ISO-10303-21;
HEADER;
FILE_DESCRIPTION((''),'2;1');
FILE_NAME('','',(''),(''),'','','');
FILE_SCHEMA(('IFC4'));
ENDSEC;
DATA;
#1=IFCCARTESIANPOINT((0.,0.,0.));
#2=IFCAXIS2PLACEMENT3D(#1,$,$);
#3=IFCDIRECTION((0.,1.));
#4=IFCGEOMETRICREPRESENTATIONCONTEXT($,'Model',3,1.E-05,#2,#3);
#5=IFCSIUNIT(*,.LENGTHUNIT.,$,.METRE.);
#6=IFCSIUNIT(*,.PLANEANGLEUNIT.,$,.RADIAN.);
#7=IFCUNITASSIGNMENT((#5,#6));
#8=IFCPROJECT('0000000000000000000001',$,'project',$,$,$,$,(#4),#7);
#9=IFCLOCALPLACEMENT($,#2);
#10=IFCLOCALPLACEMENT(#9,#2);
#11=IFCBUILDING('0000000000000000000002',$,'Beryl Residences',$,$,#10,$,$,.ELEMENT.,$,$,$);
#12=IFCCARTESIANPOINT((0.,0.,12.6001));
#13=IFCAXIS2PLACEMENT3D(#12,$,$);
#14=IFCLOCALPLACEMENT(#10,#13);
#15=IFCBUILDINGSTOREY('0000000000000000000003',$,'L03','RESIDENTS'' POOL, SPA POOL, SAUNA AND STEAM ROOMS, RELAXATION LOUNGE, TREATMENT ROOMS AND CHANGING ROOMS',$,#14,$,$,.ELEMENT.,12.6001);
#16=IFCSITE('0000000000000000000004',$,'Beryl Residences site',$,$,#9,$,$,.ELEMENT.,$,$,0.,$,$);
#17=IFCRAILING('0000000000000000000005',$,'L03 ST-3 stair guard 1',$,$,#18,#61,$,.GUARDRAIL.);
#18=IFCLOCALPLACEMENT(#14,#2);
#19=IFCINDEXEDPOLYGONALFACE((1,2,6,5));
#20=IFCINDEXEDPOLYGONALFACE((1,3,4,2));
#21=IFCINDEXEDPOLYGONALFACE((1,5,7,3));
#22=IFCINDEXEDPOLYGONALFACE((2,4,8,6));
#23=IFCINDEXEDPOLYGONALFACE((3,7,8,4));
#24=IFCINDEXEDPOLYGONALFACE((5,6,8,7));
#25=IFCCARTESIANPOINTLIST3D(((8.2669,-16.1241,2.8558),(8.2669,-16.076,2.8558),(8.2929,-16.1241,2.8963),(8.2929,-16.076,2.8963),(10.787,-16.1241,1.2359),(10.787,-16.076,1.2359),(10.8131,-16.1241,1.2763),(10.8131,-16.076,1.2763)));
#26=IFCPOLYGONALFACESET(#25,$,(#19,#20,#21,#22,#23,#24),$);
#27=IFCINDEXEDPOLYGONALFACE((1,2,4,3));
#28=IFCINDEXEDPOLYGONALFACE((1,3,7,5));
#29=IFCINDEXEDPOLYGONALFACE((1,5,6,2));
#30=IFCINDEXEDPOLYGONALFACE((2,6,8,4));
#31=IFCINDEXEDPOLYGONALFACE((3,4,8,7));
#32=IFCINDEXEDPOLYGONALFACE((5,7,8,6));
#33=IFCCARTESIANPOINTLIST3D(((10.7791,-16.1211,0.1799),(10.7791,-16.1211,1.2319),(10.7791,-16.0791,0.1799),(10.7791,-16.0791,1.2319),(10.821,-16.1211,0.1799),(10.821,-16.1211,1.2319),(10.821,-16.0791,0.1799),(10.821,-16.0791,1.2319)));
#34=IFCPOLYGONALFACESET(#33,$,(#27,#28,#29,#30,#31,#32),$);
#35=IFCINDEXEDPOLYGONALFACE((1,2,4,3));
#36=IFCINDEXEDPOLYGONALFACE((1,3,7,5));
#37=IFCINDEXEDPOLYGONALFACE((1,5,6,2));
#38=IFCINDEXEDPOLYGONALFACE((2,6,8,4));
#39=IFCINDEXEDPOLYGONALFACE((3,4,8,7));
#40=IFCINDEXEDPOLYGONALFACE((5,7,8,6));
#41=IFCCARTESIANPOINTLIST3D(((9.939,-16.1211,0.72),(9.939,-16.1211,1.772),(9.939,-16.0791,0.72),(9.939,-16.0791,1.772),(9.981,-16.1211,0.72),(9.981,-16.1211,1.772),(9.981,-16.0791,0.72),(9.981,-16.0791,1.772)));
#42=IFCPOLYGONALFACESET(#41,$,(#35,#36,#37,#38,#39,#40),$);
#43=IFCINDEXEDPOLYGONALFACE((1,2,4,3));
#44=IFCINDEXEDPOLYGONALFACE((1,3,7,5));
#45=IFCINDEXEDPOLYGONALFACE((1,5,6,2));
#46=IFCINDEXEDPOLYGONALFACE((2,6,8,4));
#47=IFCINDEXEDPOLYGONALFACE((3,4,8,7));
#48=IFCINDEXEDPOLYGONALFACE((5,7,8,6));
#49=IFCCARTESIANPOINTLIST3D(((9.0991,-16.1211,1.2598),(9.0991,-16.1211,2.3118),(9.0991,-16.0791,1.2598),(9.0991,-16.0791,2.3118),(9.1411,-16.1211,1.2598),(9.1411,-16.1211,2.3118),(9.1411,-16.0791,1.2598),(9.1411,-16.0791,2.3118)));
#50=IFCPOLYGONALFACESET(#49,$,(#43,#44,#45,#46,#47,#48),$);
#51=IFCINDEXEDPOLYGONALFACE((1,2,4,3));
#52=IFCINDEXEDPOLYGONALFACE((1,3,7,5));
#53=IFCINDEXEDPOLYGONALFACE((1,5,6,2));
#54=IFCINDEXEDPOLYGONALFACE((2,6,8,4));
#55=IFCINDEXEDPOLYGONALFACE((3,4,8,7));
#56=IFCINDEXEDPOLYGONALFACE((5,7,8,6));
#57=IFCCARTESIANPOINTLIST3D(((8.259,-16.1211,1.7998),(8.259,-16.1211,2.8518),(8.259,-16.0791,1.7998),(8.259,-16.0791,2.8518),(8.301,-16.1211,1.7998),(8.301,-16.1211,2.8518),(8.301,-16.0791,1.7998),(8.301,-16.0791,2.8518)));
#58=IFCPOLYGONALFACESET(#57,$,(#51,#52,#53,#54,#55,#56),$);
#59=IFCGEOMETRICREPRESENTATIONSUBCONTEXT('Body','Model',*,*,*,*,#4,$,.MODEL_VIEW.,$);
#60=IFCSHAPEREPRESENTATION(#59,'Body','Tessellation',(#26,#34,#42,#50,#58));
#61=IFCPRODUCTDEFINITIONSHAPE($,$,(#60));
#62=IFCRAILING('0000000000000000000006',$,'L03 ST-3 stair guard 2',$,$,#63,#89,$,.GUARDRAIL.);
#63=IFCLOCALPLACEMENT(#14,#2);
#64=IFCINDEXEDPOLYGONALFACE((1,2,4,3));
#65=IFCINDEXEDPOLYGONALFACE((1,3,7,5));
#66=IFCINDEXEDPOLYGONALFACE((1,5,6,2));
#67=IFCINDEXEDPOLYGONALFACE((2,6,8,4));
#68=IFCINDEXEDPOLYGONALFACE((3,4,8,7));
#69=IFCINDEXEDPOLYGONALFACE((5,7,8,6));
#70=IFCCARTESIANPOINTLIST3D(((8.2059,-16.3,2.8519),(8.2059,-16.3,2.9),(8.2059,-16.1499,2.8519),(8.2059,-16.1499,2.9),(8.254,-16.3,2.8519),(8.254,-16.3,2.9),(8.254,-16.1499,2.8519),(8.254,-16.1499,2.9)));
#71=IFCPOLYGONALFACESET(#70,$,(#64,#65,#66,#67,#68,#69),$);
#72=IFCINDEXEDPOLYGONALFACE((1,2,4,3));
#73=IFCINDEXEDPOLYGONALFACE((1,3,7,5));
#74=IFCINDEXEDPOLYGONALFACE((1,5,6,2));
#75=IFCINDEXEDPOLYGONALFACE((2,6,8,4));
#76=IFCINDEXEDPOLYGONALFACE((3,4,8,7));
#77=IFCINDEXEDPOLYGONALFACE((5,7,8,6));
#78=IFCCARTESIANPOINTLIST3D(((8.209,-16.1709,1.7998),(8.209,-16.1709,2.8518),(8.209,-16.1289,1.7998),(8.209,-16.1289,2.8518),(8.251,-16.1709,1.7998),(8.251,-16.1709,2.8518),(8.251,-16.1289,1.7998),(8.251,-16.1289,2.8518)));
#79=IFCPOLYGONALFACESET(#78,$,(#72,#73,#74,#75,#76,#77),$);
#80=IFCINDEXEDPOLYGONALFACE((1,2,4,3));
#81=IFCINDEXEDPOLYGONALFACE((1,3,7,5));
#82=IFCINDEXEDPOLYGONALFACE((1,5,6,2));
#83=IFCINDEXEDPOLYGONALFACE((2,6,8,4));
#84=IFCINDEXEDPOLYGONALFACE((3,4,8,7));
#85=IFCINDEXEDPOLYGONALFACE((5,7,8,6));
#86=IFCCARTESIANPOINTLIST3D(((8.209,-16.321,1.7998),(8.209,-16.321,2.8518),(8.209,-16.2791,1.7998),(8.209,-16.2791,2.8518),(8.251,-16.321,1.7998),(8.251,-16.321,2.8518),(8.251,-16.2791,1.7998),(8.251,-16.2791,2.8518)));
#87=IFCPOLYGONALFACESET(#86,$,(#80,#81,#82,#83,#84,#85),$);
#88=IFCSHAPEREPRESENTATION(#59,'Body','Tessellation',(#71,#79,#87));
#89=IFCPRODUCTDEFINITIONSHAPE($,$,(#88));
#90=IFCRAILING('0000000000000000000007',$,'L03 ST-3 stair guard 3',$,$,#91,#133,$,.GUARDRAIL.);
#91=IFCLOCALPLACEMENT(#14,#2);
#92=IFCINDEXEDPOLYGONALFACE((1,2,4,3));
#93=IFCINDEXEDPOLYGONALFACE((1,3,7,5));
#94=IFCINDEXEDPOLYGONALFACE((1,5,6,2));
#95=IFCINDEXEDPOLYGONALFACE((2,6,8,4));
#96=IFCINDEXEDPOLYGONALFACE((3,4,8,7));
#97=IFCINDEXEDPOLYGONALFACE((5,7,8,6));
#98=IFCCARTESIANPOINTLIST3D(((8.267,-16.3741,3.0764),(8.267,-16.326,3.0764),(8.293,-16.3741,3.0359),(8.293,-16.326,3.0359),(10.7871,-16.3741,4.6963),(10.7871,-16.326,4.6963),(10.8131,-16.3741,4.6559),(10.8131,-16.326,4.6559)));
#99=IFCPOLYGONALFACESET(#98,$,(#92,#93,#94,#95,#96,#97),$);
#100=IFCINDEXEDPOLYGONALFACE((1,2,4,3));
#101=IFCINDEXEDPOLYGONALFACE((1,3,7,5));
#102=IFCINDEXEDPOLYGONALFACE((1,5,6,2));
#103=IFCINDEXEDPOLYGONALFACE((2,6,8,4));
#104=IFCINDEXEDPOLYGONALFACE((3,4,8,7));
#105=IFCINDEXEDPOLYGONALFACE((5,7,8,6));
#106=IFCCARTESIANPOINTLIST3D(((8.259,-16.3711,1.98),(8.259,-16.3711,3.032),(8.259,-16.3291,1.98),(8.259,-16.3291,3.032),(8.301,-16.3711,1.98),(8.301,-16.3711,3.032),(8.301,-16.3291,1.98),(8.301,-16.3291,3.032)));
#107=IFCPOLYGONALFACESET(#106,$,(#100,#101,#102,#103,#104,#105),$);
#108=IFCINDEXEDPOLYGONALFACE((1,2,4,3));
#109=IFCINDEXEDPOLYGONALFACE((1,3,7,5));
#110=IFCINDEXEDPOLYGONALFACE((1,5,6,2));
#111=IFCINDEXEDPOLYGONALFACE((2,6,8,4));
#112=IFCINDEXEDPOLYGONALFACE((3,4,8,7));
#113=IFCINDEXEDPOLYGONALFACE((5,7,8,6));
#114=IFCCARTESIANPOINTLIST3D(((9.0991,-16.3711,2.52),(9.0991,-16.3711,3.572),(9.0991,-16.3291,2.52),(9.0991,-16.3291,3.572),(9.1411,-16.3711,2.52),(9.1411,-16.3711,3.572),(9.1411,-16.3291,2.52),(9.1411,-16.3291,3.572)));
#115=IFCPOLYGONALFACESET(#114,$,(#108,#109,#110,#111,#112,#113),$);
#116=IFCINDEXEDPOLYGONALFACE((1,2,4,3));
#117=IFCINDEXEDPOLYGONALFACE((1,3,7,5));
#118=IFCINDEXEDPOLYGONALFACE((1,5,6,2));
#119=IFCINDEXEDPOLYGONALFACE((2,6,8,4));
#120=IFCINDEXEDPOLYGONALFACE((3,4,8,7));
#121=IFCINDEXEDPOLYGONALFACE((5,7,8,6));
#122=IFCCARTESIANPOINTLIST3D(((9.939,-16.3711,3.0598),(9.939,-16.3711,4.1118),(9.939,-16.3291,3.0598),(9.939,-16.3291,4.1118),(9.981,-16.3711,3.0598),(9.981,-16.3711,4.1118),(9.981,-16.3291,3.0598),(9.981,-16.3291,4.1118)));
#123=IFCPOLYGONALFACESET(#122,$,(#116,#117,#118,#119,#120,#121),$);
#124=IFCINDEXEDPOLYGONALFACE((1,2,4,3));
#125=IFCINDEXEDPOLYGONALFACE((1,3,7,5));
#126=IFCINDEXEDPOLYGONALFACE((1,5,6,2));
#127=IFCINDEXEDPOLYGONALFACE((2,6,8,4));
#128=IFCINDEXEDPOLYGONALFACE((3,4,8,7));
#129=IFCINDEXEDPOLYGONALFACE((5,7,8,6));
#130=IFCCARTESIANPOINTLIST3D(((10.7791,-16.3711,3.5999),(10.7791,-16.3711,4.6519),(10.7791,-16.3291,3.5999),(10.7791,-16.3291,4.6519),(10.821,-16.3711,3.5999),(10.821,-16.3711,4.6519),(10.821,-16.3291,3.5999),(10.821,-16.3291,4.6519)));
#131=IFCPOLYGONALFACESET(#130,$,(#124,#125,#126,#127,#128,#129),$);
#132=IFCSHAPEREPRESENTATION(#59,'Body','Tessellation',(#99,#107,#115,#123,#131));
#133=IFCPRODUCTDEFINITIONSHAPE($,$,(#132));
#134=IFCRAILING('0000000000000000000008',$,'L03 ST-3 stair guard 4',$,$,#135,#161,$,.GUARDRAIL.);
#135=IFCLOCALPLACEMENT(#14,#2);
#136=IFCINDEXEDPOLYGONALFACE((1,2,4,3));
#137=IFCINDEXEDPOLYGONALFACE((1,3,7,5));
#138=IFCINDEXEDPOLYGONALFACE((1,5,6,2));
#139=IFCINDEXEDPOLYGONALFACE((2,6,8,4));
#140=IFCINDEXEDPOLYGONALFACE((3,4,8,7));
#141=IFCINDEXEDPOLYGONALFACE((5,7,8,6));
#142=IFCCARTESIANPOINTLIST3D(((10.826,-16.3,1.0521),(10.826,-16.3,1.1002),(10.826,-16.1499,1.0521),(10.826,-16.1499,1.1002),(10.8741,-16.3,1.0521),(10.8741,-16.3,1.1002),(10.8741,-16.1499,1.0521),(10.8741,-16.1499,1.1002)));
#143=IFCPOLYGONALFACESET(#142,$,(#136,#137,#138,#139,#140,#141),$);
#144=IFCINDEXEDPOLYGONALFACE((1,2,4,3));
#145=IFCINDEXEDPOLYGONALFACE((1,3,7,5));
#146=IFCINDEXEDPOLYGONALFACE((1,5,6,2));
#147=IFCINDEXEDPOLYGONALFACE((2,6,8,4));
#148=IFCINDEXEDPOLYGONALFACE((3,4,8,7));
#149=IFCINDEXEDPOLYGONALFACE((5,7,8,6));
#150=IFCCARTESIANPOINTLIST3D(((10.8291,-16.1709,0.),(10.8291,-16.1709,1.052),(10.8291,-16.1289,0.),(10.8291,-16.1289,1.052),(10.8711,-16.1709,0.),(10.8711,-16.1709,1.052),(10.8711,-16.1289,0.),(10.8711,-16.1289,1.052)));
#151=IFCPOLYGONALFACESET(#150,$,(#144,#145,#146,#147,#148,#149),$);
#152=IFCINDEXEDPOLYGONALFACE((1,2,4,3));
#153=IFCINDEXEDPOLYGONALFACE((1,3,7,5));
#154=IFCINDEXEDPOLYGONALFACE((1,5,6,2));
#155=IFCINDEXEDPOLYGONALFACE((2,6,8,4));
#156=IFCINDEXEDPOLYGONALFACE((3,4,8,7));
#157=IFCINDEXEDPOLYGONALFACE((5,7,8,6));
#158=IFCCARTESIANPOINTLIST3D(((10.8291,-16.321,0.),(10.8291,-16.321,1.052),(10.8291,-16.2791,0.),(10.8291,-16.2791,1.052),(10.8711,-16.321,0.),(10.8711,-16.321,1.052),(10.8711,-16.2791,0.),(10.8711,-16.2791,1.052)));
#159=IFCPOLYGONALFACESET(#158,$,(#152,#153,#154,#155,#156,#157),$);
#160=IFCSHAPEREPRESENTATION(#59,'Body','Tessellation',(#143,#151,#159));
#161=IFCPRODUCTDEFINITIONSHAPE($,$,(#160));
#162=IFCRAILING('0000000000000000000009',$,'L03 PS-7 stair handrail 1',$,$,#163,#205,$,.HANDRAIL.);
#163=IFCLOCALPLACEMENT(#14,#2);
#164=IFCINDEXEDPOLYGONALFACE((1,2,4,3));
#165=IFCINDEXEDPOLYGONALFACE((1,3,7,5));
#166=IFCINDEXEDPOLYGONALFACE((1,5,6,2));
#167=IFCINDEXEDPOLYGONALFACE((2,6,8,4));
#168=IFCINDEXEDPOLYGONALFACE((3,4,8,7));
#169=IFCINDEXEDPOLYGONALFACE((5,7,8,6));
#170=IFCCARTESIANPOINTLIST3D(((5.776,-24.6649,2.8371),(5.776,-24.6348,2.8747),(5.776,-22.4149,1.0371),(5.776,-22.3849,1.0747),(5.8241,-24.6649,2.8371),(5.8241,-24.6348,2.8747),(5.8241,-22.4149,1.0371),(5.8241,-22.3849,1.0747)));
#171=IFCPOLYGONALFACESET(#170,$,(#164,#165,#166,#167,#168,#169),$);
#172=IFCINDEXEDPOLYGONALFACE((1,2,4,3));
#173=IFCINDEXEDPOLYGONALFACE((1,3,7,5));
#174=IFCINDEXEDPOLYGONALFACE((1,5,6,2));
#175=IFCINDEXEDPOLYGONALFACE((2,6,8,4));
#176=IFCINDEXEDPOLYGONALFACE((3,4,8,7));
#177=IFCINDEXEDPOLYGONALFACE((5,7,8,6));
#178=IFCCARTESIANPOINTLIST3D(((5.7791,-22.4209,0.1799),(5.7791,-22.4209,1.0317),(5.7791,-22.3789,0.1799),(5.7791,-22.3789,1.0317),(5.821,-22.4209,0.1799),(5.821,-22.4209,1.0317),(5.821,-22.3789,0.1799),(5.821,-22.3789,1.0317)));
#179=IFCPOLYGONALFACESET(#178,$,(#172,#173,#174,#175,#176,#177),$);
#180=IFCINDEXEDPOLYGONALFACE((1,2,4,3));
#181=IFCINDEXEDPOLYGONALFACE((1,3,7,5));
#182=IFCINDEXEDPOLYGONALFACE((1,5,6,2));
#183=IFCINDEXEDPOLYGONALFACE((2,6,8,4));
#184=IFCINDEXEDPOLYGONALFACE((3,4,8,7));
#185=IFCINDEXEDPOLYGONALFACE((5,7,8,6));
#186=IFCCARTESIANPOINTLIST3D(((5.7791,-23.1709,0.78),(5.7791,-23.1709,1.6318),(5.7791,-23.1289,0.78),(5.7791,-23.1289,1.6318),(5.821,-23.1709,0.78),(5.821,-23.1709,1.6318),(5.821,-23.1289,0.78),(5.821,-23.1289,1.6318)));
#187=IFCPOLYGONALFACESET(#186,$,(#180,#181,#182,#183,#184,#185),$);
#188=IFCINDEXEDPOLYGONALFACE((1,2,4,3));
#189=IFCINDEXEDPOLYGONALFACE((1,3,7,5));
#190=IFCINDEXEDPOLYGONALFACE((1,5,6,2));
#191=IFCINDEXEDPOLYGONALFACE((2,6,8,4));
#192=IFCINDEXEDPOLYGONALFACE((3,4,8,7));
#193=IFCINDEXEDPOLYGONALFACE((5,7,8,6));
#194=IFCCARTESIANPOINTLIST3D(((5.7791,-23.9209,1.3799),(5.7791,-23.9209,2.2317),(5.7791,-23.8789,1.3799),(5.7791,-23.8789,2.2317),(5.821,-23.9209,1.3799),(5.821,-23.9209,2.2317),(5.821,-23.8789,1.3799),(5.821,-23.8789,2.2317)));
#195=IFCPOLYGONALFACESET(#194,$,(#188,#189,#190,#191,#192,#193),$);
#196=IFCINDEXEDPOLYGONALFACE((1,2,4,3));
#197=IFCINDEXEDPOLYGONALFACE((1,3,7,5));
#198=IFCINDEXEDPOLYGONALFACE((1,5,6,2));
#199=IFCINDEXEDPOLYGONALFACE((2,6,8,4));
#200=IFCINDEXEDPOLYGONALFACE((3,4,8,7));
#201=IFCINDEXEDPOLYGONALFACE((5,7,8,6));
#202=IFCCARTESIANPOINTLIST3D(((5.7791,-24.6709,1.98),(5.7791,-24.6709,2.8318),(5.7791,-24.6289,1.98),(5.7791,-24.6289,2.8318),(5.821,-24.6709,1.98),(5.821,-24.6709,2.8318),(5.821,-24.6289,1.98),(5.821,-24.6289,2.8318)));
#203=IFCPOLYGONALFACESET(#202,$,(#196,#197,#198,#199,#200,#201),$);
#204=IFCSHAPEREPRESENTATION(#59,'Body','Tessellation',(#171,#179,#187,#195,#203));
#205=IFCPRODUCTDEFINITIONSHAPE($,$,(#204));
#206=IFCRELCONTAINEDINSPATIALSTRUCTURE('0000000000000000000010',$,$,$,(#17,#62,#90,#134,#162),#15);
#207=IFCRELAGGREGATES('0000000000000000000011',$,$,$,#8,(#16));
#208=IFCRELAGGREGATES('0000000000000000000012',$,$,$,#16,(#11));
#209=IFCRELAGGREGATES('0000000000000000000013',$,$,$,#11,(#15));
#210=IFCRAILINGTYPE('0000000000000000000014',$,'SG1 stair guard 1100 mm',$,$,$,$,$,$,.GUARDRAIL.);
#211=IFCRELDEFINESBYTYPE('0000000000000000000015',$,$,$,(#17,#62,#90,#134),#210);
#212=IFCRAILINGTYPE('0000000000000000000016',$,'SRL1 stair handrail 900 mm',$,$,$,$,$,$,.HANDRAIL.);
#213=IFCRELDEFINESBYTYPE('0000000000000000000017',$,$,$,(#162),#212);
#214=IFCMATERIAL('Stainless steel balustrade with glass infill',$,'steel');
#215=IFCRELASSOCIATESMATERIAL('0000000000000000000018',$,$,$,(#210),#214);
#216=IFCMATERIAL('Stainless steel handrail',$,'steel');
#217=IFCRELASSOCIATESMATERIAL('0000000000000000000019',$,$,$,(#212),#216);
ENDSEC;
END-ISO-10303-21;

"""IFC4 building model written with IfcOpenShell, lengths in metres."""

from ifc_helpers import new_model, si_unit, direction, frame, origin, origin_2d, place, context, subcontext, project, spatial, rectangle, extrude, material, type_object, element, save


model = new_model("IFC4")

# Units and contexts
model_context = context("Model", 3, precision=1e-05, world=origin(), true_north=direction((0.0, 1.0)))
body_context = subcontext(model_context, "Body", "Model", "MODEL_VIEW")
ifc_project = project(units=[si_unit("LENGTHUNIT", "METRE"), si_unit("PLANEANGLEUNIT", "RADIAN")], contexts=[model_context])

# Site, building, storey
site_placement = place(None, origin())
site = spatial("IfcSite", under=ifc_project, at=site_placement, Name="Beryl Residences site", CompositionType="ELEMENT", RefElevation=0.0)
building_placement = place(site_placement, origin())
building = spatial("IfcBuilding", under=site, at=building_placement, Name="Beryl Residences", CompositionType="ELEMENT")
storey_placement = place(building_placement, frame((0.0, 0.0, 12.6001)))
storey = spatial("IfcBuildingStorey", under=building, at=storey_placement, Name="L03", Description="RESIDENTS' POOL, SPA POOL, SAUNA AND STEAM ROOMS, RELAXATION LOUNGE, TREATMENT ROOMS AND CHANGING ROOMS", CompositionType="ELEMENT", Elevation=12.6001)

# Railings
ifc_material_1 = material(Name="Stainless steel balustrade with glass infill", Category="steel")
railing_type_1 = type_object("IfcRailingType", Name="SG1 stair guard 1100 mm", PredefinedType="GUARDRAIL", material=ifc_material_1)
railing_1_placement = place(storey_placement, frame((10.8, -16.1001, 0.1799)))
element("IfcRailing", 1, at=railing_1_placement, inside=storey, type_object=railing_type_1, Name="L03 ST-3 stair guard 1", PredefinedType="GUARDRAIL", context=body_context, shape_type="SweptSolid", body=[
    extrude(rectangle(XDim=0.0481, YDim=0.0481, at=origin_2d()), frame((0.0, 0.0, 1.0762), z_axis=(-0.8412, 0.0, 0.540725), x_axis=(0.0, -1.0, 0.0)), (0.0, 0.0, 1.0), 2.9958),
    extrude(rectangle(XDim=0.042, YDim=0.042, at=origin_2d()), origin(), (0.0, 0.0, 1.0), 1.052),
    extrude(rectangle(XDim=0.042, YDim=0.042, at=origin_2d()), frame((-0.8401, 0.0, 0.54)), (0.0, 0.0, 1.0), 1.052),
    extrude(rectangle(XDim=0.042, YDim=0.042, at=origin_2d()), frame((-1.6799, 0.0, 1.0798)), (0.0, 0.0, 1.0), 1.052),
    extrude(rectangle(XDim=0.042, YDim=0.042, at=origin_2d()), frame((-2.52, 0.0, 1.6199)), (0.0, 0.0, 1.0), 1.052),
])
railing_2_placement = place(storey_placement, frame((8.23, -16.1499, 1.7998)))
element("IfcRailing", 2, at=railing_2_placement, inside=storey, type_object=railing_type_1, Name="L03 ST-3 stair guard 2", PredefinedType="GUARDRAIL", context=body_context, shape_type="SweptSolid", body=[
    extrude(rectangle(XDim=0.0481, YDim=0.0481, at=origin_2d()), frame((0.0, 0.0, 1.0762), z_axis=(0.0, -1.0, 0.0), x_axis=(1.0, 0.0, 0.0)), (0.0, 0.0, 1.0), 0.1501),
    extrude(rectangle(XDim=0.042, YDim=0.042, at=origin_2d()), origin(), (0.0, 0.0, 1.0), 1.052),
    extrude(rectangle(XDim=0.042, YDim=0.042, at=origin_2d()), frame((0.0, -0.1501, 0.0)), (0.0, 0.0, 1.0), 1.052),
])
railing_3_placement = place(storey_placement, frame((8.28, -16.3501, 1.98)))
element("IfcRailing", 3, at=railing_3_placement, inside=storey, type_object=railing_type_1, Name="L03 ST-3 stair guard 3", PredefinedType="GUARDRAIL", context=body_context, shape_type="SweptSolid", body=[
    extrude(rectangle(XDim=0.0481, YDim=0.0481, at=origin_2d()), frame((0.0, 0.0, 1.0762), z_axis=(0.8412, 0.0, 0.540725), x_axis=(0.0, 1.0, 0.0)), (0.0, 0.0, 1.0), 2.9958),
    extrude(rectangle(XDim=0.042, YDim=0.042, at=origin_2d()), origin(), (0.0, 0.0, 1.0), 1.052),
    extrude(rectangle(XDim=0.042, YDim=0.042, at=origin_2d()), frame((0.8401, 0.0, 0.54)), (0.0, 0.0, 1.0), 1.052),
    extrude(rectangle(XDim=0.042, YDim=0.042, at=origin_2d()), frame((1.6799, 0.0, 1.0798)), (0.0, 0.0, 1.0), 1.052),
    extrude(rectangle(XDim=0.042, YDim=0.042, at=origin_2d()), frame((2.52, 0.0, 1.6199)), (0.0, 0.0, 1.0), 1.052),
])
railing_4_placement = place(storey_placement, frame((10.8501, -16.1499, 0.0)))
element("IfcRailing", 4, at=railing_4_placement, inside=storey, type_object=railing_type_1, Name="L03 ST-3 stair guard 4", PredefinedType="GUARDRAIL", context=body_context, shape_type="SweptSolid", body=[
    extrude(rectangle(XDim=0.0481, YDim=0.0481, at=origin_2d()), frame((0.0, 0.0, 1.0762), z_axis=(0.0, -1.0, 0.0), x_axis=(1.0, 0.0, 0.0)), (0.0, 0.0, 1.0), 0.1501),
    extrude(rectangle(XDim=0.042, YDim=0.042, at=origin_2d()), origin(), (0.0, 0.0, 1.0), 1.052),
    extrude(rectangle(XDim=0.042, YDim=0.042, at=origin_2d()), frame((0.0, -0.1501, 0.0)), (0.0, 0.0, 1.0), 1.052),
])
ifc_material_2 = material(Name="Stainless steel handrail", Category="steel")
railing_type_2 = type_object("IfcRailingType", Name="SRL1 stair handrail 900 mm", PredefinedType="HANDRAIL", material=ifc_material_2)
railing_5_placement = place(storey_placement, frame((5.8, -22.3999, 0.1799)))
element("IfcRailing", 5, at=railing_5_placement, inside=storey, type_object=railing_type_2, Name="L03 PS-7 stair handrail 1", PredefinedType="HANDRAIL", context=body_context, shape_type="SweptSolid", body=[
    extrude(rectangle(XDim=0.0481, YDim=0.0481, at=origin_2d()), frame((0.0, 0.0, 0.876), z_axis=(0.0, -0.780861, 0.624705), x_axis=(1.0, 0.0, 0.0)), (0.0, 0.0, 1.0), 2.8813),
    extrude(rectangle(XDim=0.042, YDim=0.042, at=origin_2d()), origin(), (0.0, 0.0, 1.0), 0.8518),
    extrude(rectangle(XDim=0.042, YDim=0.042, at=origin_2d()), frame((0.0, -0.75, 0.6001)), (0.0, 0.0, 1.0), 0.8518),
    extrude(rectangle(XDim=0.042, YDim=0.042, at=origin_2d()), frame((0.0, -1.5, 1.2)), (0.0, 0.0, 1.0), 0.8518),
    extrude(rectangle(XDim=0.042, YDim=0.042, at=origin_2d()), frame((0.0, -2.25, 1.8)), (0.0, 0.0, 1.0), 0.8518),
])

save(model, "model.ifc")
